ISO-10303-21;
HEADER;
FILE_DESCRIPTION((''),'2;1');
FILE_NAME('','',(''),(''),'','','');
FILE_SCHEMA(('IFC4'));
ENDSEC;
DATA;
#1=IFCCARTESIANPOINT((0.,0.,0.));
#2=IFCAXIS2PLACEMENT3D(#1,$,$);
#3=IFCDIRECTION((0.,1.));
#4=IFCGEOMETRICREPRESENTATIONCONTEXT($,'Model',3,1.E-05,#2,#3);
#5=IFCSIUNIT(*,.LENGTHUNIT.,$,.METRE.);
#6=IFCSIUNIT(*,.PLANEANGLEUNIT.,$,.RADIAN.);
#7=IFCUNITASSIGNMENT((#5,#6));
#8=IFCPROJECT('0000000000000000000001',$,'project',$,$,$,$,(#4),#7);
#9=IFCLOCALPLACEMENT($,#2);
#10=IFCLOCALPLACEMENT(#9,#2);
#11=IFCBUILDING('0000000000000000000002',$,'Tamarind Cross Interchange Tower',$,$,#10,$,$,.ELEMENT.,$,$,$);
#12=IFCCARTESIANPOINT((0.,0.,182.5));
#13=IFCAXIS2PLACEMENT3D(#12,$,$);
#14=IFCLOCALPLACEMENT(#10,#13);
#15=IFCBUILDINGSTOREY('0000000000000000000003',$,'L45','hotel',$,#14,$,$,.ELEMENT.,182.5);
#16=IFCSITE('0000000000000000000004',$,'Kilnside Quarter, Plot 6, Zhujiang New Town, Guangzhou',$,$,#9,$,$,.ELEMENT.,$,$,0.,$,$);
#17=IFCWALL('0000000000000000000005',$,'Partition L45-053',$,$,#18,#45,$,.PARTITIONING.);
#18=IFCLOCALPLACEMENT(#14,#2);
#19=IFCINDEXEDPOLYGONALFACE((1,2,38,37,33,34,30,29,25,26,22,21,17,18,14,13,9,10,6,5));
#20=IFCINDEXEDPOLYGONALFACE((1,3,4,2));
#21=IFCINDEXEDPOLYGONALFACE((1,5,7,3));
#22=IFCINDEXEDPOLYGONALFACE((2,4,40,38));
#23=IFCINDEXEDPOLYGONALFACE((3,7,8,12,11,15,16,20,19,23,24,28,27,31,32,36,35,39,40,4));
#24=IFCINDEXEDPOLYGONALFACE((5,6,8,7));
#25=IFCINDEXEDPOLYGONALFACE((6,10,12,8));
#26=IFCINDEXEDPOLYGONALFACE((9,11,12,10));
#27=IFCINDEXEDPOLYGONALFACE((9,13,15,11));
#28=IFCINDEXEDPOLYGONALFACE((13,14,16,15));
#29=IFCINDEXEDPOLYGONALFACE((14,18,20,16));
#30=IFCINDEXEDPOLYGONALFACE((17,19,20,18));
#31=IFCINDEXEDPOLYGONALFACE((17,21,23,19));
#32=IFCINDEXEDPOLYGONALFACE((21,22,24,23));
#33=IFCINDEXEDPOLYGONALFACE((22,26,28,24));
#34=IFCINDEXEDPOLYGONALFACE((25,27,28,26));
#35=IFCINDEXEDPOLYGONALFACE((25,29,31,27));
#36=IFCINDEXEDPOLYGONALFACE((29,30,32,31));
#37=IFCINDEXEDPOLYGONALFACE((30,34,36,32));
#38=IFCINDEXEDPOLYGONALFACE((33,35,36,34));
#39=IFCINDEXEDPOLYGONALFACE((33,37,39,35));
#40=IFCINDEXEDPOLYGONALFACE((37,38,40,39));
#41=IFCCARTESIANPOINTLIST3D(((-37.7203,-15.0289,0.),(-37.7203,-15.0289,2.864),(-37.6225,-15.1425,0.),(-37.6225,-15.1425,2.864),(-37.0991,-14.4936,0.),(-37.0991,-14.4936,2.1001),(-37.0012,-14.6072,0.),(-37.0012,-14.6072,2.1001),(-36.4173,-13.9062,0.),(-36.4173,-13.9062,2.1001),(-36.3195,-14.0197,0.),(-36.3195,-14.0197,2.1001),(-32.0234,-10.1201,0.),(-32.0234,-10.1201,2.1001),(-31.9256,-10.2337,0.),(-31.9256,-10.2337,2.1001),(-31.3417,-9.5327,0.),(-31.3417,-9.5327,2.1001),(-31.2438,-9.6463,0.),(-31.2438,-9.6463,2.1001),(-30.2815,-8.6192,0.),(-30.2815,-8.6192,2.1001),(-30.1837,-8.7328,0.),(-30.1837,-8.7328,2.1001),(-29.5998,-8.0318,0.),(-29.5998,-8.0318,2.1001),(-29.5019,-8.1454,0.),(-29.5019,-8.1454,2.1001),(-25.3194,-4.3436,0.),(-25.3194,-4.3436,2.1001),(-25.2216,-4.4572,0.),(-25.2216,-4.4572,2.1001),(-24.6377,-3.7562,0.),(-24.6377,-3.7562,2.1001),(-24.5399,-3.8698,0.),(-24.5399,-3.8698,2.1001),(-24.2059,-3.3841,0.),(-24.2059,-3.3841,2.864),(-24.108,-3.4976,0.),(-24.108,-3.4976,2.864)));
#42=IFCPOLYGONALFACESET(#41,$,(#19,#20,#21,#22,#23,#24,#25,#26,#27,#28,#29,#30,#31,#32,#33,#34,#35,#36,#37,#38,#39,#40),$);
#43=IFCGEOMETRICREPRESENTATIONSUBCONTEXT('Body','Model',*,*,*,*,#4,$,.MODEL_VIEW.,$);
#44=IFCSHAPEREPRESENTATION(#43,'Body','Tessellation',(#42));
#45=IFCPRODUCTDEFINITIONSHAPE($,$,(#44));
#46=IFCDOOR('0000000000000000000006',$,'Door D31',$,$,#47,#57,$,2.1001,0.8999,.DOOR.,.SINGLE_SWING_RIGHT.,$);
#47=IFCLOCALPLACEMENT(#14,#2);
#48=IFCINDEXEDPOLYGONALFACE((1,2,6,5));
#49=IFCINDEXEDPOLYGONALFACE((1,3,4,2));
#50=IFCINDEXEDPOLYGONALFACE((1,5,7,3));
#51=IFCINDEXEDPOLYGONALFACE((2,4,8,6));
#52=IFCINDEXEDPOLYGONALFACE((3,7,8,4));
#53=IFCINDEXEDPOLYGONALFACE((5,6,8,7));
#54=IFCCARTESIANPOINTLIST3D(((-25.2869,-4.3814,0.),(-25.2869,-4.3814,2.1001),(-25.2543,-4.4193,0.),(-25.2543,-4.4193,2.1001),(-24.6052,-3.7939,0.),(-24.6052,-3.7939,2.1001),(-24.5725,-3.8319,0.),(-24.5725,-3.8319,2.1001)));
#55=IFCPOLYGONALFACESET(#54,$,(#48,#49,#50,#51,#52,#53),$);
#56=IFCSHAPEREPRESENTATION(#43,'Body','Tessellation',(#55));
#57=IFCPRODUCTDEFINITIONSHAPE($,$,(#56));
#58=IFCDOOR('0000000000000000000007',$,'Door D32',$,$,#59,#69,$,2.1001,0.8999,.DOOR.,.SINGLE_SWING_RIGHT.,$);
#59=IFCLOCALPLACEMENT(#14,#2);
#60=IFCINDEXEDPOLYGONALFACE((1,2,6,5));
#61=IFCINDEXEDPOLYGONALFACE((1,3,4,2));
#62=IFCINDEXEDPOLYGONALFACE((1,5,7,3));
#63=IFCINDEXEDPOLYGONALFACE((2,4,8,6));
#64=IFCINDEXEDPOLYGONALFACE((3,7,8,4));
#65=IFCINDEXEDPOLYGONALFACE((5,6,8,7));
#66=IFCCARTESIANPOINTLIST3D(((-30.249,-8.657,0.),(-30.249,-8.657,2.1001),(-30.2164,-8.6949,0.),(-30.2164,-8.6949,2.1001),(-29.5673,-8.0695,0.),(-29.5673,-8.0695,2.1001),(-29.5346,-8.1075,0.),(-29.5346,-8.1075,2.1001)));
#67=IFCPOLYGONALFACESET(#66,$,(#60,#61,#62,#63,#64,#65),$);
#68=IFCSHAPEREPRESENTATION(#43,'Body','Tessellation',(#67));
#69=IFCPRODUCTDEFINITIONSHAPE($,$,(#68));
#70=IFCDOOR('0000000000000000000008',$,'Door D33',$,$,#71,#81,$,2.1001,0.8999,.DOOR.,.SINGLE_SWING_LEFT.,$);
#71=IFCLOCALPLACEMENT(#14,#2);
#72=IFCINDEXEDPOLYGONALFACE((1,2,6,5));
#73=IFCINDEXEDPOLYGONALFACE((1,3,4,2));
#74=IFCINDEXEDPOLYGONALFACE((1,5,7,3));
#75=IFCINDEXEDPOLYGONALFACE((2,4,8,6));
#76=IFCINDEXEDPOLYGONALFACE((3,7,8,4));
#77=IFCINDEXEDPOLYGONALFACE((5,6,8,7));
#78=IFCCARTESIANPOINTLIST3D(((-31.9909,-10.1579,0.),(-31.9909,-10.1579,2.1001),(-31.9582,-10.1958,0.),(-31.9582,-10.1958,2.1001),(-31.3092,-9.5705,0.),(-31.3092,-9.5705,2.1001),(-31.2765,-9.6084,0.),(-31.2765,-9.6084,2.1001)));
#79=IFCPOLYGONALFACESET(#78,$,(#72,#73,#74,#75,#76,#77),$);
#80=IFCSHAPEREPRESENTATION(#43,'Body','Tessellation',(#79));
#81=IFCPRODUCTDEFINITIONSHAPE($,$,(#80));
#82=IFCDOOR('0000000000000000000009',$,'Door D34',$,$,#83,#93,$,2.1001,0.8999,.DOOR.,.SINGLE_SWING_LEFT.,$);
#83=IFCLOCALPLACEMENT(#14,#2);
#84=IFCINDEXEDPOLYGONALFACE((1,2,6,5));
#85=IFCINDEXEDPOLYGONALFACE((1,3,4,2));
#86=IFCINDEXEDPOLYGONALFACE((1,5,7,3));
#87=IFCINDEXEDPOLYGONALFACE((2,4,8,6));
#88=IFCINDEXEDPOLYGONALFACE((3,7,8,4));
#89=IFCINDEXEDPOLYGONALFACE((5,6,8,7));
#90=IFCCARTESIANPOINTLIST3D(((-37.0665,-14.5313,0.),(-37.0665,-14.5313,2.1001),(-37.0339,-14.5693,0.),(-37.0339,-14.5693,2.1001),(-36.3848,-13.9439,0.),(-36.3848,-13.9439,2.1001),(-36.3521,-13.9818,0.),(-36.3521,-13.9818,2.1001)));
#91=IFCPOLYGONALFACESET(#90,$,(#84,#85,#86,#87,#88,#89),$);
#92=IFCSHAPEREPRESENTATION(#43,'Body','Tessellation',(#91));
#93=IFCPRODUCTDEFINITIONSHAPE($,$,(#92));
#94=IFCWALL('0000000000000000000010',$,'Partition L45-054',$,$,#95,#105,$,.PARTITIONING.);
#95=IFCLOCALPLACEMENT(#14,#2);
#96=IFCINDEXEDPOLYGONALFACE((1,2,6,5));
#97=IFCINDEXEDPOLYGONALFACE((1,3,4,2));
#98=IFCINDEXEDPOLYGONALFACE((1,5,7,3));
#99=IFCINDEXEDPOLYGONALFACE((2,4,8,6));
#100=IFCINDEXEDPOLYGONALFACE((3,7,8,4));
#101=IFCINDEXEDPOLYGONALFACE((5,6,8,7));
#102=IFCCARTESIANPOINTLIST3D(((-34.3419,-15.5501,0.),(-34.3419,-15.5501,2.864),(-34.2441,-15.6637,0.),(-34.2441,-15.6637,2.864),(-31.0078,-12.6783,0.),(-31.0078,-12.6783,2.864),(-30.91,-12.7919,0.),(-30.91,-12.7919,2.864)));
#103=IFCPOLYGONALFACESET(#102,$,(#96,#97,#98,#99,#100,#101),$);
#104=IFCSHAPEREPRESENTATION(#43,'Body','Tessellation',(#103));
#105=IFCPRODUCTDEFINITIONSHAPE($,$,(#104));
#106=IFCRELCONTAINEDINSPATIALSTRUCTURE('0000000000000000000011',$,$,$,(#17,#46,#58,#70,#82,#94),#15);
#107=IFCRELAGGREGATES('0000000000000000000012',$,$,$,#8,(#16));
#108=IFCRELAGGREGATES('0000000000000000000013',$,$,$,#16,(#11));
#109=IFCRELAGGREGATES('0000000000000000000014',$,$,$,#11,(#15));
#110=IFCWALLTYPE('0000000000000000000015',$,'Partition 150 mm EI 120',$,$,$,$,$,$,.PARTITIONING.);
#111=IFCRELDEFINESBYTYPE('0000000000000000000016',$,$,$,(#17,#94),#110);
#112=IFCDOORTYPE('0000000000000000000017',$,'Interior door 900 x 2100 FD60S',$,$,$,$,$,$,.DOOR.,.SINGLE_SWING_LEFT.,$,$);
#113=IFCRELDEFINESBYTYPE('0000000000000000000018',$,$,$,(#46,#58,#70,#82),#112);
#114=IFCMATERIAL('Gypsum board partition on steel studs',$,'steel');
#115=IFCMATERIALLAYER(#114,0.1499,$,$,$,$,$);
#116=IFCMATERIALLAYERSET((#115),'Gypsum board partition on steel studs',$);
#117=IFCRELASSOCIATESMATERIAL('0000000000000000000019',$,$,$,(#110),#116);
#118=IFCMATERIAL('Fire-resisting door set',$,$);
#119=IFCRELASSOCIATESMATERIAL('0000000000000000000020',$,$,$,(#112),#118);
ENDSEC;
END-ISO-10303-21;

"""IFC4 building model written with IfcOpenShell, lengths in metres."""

from ifc_helpers import new_model, si_unit, direction, frame, frame_2d, origin, place, context, subcontext, project, spatial, rectangle, extrude, material, layer, layer_set, type_object, element, fill, save


model = new_model("IFC4")

# Units and contexts
model_context = context("Model", 3, precision=1e-05, world=origin(), true_north=direction((0.0, 1.0)))
body_context = subcontext(model_context, "Body", "Model", "MODEL_VIEW")
ifc_project = project(units=[si_unit("LENGTHUNIT", "METRE"), si_unit("PLANEANGLEUNIT", "RADIAN")], contexts=[model_context])

# Site, building, storey
site_placement = place(None, origin())
site = spatial("IfcSite", under=ifc_project, at=site_placement, Name="Kilnside Quarter, Plot 6, Zhujiang New Town, Guangzhou", CompositionType="ELEMENT", RefElevation=0.0)
building_placement = place(site_placement, origin())
building = spatial("IfcBuilding", under=site, at=building_placement, Name="Tamarind Cross Interchange Tower", CompositionType="ELEMENT")
storey_placement = place(building_placement, frame((0.0, 0.0, 182.5)))
storey = spatial("IfcBuildingStorey", under=building, at=storey_placement, Name="L45", Description="hotel", CompositionType="ELEMENT", Elevation=182.5)

# Shared definitions
ifc_material_1 = material(Name="Gypsum board partition on steel studs", Category="steel")
ifc_layer_1 = layer(ifc_material_1, 0.1499)
ifc_layer_set_1 = layer_set([ifc_layer_1], Name="Gypsum board partition on steel studs")
wall_type = type_object("IfcWallType", Name="Partition 150 mm EI 120", PredefinedType="PARTITIONING", material=ifc_layer_set_1)

# Shared definitions
ifc_material_2 = material(Name="Fire-resisting door set")
door_type = type_object("IfcDoorType", Name="Interior door 900 x 2100 FD60S", OperationType="SINGLE_SWING_LEFT", PredefinedType="DOOR", material=ifc_material_2)

# Wall, openings, doors
wall_1_placement = place(storey_placement, frame((-37.6714, -15.0857, 0.0), z_axis=(0.0, 0.0, 1.0), x_axis=(0.757564, 0.65276, 0.0)))
wall_1 = element("IfcWall", 1, at=wall_1_placement, inside=storey, type_object=wall_type, Name="Partition L45-053", PredefinedType="PARTITIONING", context=body_context, shape_type="SweptSolid", body=[
    extrude(rectangle(XDim=17.8394, YDim=0.1499, at=frame_2d((8.9197, 0.0))), origin(), (0.0, 0.0, 1.0), 2.864),
])
opening_1_placement = place(wall_1_placement, frame((16.3694, 0.0, 0.0)))
opening_1 = element("IfcOpeningElement", 2, at=opening_1_placement, cuts=wall_1, PredefinedType="OPENING", context=body_context, shape_type="SweptSolid", body=[
    extrude(rectangle(XDim=0.8999, YDim=2.1001, at=frame_2d((0.45, 1.05))), frame((0.0, 0.085, 0.0), z_axis=(0.0, -1.0, 0.0), x_axis=(1.0, 0.0, 0.0)), (0.0, 0.0, 1.0), 0.1699),
])
opening_2_placement = place(wall_1_placement, frame((9.8193, 0.0, 0.0)))
opening_2 = element("IfcOpeningElement", 3, at=opening_2_placement, cuts=wall_1, PredefinedType="OPENING", context=body_context, shape_type="SweptSolid", body=[
    extrude(rectangle(XDim=0.8999, YDim=2.1001, at=frame_2d((0.45, 1.05))), frame((0.0, 0.085, 0.0), z_axis=(0.0, -1.0, 0.0), x_axis=(1.0, 0.0, 0.0)), (0.0, 0.0, 1.0), 0.1699),
])
opening_3_placement = place(wall_1_placement, frame((7.52, 0.0, 0.0)))
opening_3 = element("IfcOpeningElement", 4, at=opening_3_placement, cuts=wall_1, PredefinedType="OPENING", context=body_context, shape_type="SweptSolid", body=[
    extrude(rectangle(XDim=0.8999, YDim=2.1001, at=frame_2d((0.45, 1.05))), frame((0.0, 0.085, 0.0), z_axis=(0.0, -1.0, 0.0), x_axis=(1.0, 0.0, 0.0)), (0.0, 0.0, 1.0), 0.1699),
])
opening_4_placement = place(wall_1_placement, frame((0.8201, 0.0, 0.0)))
opening_4 = element("IfcOpeningElement", 5, at=opening_4_placement, cuts=wall_1, PredefinedType="OPENING", context=body_context, shape_type="SweptSolid", body=[
    extrude(rectangle(XDim=0.8999, YDim=2.1001, at=frame_2d((0.45, 1.05))), frame((0.0, 0.085, 0.0), z_axis=(0.0, -1.0, 0.0), x_axis=(1.0, 0.0, 0.0)), (0.0, 0.0, 1.0), 0.1699),
])
door_1_placement = place(opening_1_placement, frame((0.8999, 0.0, 0.0), z_axis=(0.0, 0.0, 1.0), x_axis=(-1.0, 0.0, 0.0)))
door_1 = element("IfcDoor", 6, at=door_1_placement, inside=storey, type_object=door_type, Name="Door D31", OperationType="SINGLE_SWING_RIGHT", OverallHeight=2.1001, OverallWidth=0.8999, PredefinedType="DOOR", context=body_context, shape_type="SweptSolid", body=[
    extrude(rectangle(XDim=0.8999, YDim=2.1001, at=frame_2d((0.45, 1.05))), frame((0.0, 0.0249, 0.0), z_axis=(0.0, -1.0, 0.0), x_axis=(1.0, 0.0, 0.0)), (0.0, 0.0, 1.0), 0.05),
])
fill(opening_1, door_1)
door_2_placement = place(opening_2_placement, frame((0.8999, 0.0, 0.0), z_axis=(0.0, 0.0, 1.0), x_axis=(-1.0, 0.0, 0.0)))
door_2 = element("IfcDoor", 7, at=door_2_placement, inside=storey, type_object=door_type, Name="Door D32", OperationType="SINGLE_SWING_RIGHT", OverallHeight=2.1001, OverallWidth=0.8999, PredefinedType="DOOR", context=body_context, shape_type="SweptSolid", body=[
    extrude(rectangle(XDim=0.8999, YDim=2.1001, at=frame_2d((0.45, 1.05))), frame((0.0, 0.0249, 0.0), z_axis=(0.0, -1.0, 0.0), x_axis=(1.0, 0.0, 0.0)), (0.0, 0.0, 1.0), 0.05),
])
fill(opening_2, door_2)
door_3_placement = place(opening_3_placement, frame((0.8999, 0.0, 0.0), z_axis=(0.0, 0.0, 1.0), x_axis=(-1.0, 0.0, 0.0)))
door_3 = element("IfcDoor", 8, at=door_3_placement, inside=storey, type_object=door_type, Name="Door D33", OperationType="SINGLE_SWING_LEFT", OverallHeight=2.1001, OverallWidth=0.8999, PredefinedType="DOOR", context=body_context, shape_type="SweptSolid", body=[
    extrude(rectangle(XDim=0.8999, YDim=2.1001, at=frame_2d((0.45, 1.05))), frame((0.0, 0.0249, 0.0), z_axis=(0.0, -1.0, 0.0), x_axis=(1.0, 0.0, 0.0)), (0.0, 0.0, 1.0), 0.05),
])
fill(opening_3, door_3)
door_4_placement = place(opening_4_placement, frame((0.8999, 0.0, 0.0), z_axis=(0.0, 0.0, 1.0), x_axis=(-1.0, 0.0, 0.0)))
door_4 = element("IfcDoor", 9, at=door_4_placement, inside=storey, type_object=door_type, Name="Door D34", OperationType="SINGLE_SWING_LEFT", OverallHeight=2.1001, OverallWidth=0.8999, PredefinedType="DOOR", context=body_context, shape_type="SweptSolid", body=[
    extrude(rectangle(XDim=0.8999, YDim=2.1001, at=frame_2d((0.45, 1.05))), frame((0.0, 0.0249, 0.0), z_axis=(0.0, -1.0, 0.0), x_axis=(1.0, 0.0, 0.0)), (0.0, 0.0, 1.0), 0.05),
])
fill(opening_4, door_4)

# Wall
wall_2_placement = place(storey_placement, frame((-34.293, -15.6069, 0.0), z_axis=(0.0, 0.0, 1.0), x_axis=(0.757668, 0.65264, 0.0)))
element("IfcWall", 10, at=wall_2_placement, inside=storey, type_object=wall_type, Name="Partition L45-054", PredefinedType="PARTITIONING", context=body_context, shape_type="SweptSolid", body=[
    extrude(rectangle(XDim=4.4004, YDim=0.1499, at=frame_2d((2.2002, 0.0))), origin(), (0.0, 0.0, 1.0), 2.864),
])

save(model, "model.ifc")
